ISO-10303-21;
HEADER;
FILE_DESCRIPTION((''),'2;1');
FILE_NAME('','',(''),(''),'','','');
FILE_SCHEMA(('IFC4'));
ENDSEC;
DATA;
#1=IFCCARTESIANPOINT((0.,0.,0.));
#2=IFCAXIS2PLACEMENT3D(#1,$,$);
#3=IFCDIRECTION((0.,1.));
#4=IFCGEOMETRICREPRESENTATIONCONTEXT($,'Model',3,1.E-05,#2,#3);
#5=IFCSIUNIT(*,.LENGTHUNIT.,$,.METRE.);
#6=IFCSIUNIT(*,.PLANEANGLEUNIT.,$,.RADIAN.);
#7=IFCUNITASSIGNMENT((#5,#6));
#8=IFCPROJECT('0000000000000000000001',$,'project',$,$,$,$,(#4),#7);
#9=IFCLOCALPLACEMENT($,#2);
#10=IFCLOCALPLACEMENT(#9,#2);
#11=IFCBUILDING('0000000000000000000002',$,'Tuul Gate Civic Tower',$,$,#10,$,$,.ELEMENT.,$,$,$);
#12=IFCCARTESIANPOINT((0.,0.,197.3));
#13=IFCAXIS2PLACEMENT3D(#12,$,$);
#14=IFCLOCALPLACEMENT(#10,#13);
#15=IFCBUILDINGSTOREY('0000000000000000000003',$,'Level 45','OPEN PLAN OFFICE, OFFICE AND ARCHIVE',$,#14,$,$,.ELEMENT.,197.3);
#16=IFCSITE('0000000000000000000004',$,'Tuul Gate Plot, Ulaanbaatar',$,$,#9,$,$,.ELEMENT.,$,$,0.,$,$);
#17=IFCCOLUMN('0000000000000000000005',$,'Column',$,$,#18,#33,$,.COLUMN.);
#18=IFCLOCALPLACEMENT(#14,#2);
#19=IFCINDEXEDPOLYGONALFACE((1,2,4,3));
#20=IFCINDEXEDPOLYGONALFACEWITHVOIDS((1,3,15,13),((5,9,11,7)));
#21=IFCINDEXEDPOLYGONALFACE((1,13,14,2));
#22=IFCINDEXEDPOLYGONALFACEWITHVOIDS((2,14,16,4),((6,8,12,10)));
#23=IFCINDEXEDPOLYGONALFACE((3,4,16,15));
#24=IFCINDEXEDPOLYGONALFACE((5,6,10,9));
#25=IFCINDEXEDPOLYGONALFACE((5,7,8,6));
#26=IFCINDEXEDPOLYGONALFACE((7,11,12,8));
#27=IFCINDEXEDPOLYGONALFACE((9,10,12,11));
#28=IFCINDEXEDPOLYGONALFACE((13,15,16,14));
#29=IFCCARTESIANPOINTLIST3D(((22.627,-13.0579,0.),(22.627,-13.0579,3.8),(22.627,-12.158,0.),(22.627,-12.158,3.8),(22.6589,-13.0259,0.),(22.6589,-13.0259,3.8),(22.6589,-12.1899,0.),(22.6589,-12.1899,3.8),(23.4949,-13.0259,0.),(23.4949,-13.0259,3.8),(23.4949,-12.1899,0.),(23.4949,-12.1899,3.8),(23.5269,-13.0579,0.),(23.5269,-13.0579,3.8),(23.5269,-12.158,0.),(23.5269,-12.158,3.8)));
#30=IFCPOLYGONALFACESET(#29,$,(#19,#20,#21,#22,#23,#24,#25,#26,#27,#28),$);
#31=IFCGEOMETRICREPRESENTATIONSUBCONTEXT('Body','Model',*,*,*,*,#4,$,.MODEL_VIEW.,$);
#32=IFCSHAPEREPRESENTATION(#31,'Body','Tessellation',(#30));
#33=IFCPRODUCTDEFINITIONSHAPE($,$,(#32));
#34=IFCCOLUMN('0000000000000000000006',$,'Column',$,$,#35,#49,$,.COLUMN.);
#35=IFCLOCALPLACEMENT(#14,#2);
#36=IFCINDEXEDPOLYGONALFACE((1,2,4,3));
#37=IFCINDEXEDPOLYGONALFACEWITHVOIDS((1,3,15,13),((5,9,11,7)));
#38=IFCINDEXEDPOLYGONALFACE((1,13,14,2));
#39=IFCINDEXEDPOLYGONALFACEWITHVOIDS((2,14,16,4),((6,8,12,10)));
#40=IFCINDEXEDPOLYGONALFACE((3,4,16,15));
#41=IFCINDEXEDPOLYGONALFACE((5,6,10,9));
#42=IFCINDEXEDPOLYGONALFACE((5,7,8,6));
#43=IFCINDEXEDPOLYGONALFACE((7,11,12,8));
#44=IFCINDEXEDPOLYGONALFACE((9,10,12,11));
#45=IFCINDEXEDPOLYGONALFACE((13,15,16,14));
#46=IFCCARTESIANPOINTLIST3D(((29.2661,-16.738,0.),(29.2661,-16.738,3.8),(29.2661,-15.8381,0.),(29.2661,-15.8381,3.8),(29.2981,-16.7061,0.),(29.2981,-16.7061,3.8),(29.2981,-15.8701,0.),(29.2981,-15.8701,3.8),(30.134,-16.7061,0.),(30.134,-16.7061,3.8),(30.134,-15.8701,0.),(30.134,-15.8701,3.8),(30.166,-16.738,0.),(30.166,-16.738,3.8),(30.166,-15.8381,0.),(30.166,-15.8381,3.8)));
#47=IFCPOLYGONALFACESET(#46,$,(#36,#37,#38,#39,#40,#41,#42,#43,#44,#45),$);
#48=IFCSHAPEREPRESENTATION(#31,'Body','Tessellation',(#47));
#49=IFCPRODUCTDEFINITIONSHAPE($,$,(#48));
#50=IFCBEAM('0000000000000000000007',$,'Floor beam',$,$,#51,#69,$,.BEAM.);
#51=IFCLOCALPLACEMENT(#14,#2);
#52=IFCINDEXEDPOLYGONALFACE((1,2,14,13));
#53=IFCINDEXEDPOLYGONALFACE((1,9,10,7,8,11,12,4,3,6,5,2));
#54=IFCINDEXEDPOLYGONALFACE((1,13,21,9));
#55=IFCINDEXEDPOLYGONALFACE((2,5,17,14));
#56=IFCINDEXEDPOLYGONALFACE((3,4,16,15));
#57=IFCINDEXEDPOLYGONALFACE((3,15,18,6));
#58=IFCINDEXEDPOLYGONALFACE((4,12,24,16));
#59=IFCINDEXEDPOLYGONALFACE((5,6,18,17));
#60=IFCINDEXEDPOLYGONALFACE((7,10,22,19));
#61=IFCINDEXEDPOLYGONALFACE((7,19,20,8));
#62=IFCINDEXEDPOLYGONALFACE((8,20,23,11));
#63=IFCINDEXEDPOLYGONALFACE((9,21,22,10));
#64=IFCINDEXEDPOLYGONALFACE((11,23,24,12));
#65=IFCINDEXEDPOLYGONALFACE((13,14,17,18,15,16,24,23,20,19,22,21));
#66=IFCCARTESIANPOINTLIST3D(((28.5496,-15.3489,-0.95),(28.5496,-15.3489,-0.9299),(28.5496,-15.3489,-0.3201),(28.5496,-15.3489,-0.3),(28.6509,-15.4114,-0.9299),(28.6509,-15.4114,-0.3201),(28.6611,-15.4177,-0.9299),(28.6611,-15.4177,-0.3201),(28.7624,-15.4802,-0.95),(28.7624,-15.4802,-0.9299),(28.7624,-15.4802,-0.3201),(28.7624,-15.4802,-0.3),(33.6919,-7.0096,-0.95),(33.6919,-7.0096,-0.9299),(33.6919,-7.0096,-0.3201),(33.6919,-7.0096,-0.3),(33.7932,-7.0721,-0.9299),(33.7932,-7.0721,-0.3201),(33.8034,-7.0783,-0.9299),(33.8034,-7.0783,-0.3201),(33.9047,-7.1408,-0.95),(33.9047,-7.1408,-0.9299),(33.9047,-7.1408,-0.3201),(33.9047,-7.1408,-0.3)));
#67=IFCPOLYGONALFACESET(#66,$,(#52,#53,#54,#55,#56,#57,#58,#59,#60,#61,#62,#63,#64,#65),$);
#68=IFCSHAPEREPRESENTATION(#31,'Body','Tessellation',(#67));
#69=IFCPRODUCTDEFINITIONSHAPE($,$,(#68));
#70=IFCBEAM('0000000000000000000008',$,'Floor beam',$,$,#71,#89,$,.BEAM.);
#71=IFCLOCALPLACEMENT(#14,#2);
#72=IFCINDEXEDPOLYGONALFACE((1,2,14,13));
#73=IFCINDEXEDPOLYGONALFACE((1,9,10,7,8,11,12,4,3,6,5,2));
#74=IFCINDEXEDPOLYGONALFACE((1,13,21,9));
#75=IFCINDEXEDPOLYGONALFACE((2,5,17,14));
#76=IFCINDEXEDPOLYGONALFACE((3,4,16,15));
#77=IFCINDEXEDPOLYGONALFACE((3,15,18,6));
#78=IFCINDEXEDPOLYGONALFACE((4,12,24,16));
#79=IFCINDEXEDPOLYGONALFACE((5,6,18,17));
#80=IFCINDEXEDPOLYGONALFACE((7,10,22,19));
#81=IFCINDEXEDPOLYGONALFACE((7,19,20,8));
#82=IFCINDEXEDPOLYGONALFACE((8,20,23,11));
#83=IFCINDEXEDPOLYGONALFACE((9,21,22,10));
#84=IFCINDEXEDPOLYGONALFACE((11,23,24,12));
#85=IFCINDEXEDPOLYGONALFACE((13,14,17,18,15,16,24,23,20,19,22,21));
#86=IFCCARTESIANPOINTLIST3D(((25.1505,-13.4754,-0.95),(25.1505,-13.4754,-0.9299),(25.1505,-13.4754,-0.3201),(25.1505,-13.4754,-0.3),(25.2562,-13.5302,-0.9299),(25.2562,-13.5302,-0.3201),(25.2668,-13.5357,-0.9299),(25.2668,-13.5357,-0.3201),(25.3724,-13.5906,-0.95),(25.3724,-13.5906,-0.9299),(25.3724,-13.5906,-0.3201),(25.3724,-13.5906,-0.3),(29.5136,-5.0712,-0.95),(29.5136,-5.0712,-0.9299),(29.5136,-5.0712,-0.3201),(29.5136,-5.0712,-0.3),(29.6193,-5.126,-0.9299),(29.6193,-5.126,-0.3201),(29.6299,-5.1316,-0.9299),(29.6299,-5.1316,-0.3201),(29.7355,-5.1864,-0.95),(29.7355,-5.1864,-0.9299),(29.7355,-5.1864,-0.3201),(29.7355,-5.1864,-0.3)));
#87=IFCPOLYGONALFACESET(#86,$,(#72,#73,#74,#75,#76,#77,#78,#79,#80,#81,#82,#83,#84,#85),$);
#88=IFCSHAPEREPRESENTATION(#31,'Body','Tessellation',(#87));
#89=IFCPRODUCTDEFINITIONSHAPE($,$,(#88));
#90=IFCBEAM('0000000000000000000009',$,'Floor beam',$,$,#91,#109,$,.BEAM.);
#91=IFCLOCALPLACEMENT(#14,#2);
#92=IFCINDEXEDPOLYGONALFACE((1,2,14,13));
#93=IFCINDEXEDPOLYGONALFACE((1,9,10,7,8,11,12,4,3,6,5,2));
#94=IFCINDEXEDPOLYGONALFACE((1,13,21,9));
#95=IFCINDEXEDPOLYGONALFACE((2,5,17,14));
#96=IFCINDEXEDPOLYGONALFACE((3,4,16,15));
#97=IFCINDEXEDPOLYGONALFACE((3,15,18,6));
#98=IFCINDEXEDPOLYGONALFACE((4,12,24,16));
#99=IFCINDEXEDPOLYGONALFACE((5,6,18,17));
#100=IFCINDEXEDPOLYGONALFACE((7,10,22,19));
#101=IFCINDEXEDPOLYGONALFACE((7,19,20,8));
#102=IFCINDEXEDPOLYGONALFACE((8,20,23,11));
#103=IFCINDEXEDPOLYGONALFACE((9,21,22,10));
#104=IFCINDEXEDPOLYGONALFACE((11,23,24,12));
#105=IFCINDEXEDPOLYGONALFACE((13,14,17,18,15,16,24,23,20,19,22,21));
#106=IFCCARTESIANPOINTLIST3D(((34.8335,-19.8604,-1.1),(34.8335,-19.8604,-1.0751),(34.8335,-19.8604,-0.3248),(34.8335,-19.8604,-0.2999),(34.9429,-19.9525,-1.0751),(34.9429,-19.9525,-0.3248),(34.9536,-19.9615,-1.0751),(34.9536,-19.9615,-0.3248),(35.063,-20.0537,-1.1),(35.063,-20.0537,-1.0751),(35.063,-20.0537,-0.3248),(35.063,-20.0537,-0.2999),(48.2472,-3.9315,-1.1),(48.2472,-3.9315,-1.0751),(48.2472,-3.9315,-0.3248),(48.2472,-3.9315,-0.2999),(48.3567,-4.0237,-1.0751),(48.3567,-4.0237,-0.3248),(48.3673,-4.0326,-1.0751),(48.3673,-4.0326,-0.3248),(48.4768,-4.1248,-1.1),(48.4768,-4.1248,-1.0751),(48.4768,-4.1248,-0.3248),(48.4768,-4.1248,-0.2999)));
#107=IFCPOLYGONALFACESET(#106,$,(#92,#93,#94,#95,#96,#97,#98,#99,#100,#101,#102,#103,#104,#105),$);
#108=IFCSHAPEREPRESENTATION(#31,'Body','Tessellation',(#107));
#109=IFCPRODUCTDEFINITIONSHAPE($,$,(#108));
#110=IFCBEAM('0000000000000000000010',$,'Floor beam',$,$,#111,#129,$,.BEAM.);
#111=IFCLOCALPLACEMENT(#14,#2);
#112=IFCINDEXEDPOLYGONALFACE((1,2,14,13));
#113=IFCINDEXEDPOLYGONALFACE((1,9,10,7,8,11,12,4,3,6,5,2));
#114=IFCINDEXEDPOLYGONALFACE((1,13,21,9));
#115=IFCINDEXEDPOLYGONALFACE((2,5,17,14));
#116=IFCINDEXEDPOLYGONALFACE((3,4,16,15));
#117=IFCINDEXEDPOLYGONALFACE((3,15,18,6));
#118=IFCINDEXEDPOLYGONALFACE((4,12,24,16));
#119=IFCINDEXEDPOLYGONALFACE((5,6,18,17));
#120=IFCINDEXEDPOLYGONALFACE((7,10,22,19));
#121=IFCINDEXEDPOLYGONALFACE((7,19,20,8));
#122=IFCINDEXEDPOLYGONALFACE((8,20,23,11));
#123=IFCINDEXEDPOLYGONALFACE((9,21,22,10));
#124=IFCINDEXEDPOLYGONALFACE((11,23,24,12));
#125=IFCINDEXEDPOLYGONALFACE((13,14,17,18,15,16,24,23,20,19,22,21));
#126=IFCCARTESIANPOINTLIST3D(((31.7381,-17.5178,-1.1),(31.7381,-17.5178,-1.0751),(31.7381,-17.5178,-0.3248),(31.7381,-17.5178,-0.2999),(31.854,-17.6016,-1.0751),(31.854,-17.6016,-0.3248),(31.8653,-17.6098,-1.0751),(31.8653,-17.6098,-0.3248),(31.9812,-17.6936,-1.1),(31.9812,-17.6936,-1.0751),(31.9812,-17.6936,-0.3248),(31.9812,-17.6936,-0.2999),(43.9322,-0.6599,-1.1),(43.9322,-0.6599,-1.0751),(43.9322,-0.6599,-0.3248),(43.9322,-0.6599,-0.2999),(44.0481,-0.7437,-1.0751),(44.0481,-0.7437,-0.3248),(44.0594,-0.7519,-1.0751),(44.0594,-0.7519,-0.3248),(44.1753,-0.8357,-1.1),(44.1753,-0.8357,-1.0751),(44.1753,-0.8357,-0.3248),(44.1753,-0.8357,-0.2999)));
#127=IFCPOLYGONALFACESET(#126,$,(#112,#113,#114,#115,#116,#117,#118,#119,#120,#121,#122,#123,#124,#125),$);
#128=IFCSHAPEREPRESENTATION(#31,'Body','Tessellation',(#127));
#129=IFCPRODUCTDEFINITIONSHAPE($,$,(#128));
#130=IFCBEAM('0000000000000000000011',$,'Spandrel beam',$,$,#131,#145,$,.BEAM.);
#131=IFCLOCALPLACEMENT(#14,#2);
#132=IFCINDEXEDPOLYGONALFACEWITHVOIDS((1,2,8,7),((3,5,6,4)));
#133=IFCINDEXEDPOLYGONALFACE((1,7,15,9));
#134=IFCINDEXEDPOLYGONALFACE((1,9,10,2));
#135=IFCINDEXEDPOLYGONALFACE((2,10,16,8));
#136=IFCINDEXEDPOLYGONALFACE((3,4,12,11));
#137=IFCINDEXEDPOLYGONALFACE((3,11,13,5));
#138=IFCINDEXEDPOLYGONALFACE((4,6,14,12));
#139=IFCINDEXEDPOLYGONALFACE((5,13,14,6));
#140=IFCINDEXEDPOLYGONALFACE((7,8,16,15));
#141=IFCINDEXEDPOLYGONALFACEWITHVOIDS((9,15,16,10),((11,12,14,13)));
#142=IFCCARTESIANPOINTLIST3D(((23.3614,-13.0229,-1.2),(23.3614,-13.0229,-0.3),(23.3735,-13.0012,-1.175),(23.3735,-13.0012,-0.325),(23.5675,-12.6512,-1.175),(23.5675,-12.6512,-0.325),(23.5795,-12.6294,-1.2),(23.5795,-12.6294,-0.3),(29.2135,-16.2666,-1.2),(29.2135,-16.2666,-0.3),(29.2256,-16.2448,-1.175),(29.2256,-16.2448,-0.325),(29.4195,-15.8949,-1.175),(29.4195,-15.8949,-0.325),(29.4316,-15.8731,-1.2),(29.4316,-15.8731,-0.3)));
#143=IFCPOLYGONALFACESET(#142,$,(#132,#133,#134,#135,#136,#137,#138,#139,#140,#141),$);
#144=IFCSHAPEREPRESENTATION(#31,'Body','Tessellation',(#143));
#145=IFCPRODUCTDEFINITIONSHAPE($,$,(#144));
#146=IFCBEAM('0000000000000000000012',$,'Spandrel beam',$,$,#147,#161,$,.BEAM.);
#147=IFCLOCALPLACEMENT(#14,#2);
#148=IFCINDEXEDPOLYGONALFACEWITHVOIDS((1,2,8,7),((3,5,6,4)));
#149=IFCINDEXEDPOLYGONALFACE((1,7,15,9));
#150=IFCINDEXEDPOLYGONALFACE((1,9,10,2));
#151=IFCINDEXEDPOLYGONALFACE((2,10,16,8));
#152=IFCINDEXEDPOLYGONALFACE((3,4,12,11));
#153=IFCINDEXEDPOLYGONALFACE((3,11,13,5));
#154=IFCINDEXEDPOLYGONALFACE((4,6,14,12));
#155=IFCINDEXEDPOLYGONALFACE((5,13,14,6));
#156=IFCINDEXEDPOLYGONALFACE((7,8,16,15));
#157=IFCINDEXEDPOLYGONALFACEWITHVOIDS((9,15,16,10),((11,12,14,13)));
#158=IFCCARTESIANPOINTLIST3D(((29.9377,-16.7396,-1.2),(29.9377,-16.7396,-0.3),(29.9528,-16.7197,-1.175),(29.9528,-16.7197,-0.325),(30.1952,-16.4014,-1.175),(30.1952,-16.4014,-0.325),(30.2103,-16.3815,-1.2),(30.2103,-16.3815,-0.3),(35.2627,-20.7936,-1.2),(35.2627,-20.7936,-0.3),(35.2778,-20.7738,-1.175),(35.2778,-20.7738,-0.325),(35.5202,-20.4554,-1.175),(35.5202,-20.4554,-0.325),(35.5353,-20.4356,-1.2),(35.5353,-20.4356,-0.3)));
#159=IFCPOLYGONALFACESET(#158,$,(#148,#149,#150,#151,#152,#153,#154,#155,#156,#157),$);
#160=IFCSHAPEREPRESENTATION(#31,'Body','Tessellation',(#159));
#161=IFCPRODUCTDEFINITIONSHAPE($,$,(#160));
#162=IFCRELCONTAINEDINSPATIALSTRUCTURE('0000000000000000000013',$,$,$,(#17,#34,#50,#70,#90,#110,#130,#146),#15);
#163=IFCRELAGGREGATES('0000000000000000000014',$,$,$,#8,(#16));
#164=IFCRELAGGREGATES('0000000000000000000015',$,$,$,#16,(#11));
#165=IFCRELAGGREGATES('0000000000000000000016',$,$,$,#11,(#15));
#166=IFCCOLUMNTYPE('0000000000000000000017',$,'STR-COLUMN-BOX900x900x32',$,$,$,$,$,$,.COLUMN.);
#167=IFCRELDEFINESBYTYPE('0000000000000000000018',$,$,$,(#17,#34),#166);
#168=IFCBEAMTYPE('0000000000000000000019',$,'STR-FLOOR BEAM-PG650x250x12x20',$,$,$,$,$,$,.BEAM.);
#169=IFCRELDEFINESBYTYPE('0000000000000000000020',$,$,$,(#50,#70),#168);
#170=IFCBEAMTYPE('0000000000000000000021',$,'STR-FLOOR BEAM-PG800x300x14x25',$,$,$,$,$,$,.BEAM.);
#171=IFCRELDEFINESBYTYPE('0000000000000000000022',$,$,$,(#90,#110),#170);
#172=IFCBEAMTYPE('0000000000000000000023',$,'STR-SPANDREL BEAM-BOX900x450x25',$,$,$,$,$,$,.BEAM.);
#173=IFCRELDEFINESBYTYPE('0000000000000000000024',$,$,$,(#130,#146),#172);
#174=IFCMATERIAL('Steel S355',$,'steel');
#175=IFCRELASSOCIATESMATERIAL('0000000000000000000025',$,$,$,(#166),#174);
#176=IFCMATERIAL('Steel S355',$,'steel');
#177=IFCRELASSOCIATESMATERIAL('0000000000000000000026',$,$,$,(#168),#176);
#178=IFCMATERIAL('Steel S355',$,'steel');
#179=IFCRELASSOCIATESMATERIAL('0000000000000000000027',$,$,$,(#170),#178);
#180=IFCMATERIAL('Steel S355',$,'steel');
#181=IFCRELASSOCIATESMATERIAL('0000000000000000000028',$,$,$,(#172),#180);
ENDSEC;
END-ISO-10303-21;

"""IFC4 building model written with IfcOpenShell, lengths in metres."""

from ifc_helpers import new_model, si_unit, direction, frame, origin, origin_2d, place, context, subcontext, project, spatial, hollow_rectangle, i_section, extrude, material, material_profile, profile_set, type_object, element, save


model = new_model("IFC4")

# Units and contexts
model_context = context("Model", 3, precision=1e-05, world=origin(), true_north=direction((0.0, 1.0)))
body_context = subcontext(model_context, "Body", "Model", "MODEL_VIEW")
ifc_project = project(units=[si_unit("LENGTHUNIT", "METRE"), si_unit("PLANEANGLEUNIT", "RADIAN")], contexts=[model_context])

# Site, building, storey
site_placement = place(None, origin())
site = spatial("IfcSite", under=ifc_project, at=site_placement, Name="Tuul Gate Plot, Ulaanbaatar", CompositionType="ELEMENT", RefElevation=0.0)
building_placement = place(site_placement, origin())
building = spatial("IfcBuilding", under=site, at=building_placement, Name="Tuul Gate Civic Tower", CompositionType="ELEMENT")
storey_placement = place(building_placement, frame((0.0, 0.0, 197.3)))
storey = spatial("IfcBuildingStorey", under=building, at=storey_placement, Name="Level 45", Description="OPEN PLAN OFFICE, OFFICE AND ARCHIVE", CompositionType="ELEMENT", Elevation=197.3)

# Columns
ifc_material_1 = material(Name="Steel S355", Category="steel")
ifc_material_profile_1 = material_profile(ifc_material_1, hollow_rectangle(XDim=0.8999, YDim=0.8999, WallThickness=0.032, at=origin_2d()), Name="BOX900x900x32")
ifc_profile_set_1 = profile_set([ifc_material_profile_1], Name="Steel S355")
column_type = type_object("IfcColumnType", Name="STR-COLUMN-BOX900x900x32", PredefinedType="COLUMN", material=ifc_profile_set_1)
for number, where, z_axis, x_axis, name in (
    (1, (23.0769, -12.6079, 0.0), (0.0, 0.0, 1.0), (1.0, 0.0, 0.0), "Column"),
    (2, (29.7161, -16.2881, 0.0), (0.0, 0.0, 1.0), (1.0, 0.0, 0.0), "Column"),
):
    element("IfcColumn", number, at=place(storey_placement, frame(where, z_axis=z_axis, x_axis=x_axis)), inside=storey, type_object=column_type, Name=name, PredefinedType="COLUMN", context=body_context, shape_type="SweptSolid", body=[
        extrude(hollow_rectangle(XDim=0.8999, YDim=0.8999, WallThickness=0.032, at=origin_2d()), origin(), (0.0, 0.0, 1.0), 3.8),
    ])

# Beams
ifc_material_2 = material(Name="Steel S355", Category="steel")
ifc_material_profile_2 = material_profile(ifc_material_2, i_section(OverallWidth=0.25, OverallDepth=0.6499, WebThickness=0.012, FlangeThickness=0.02, at=origin_2d()), Name="PG650x250x12x20")
ifc_profile_set_2 = profile_set([ifc_material_profile_2], Name="Steel S355")
beam_type_1 = type_object("IfcBeamType", Name="STR-FLOOR BEAM-PG650x250x12x20", PredefinedType="BEAM", material=ifc_profile_set_2)
beam_1_placement = place(storey_placement, frame((28.656, -15.4146, -0.625), z_axis=(0.524869, 0.851183, 0.0), x_axis=(-0.851183, 0.524869, 0.0)))
element("IfcBeam", 3, at=beam_1_placement, inside=storey, type_object=beam_type_1, Name="Floor beam", PredefinedType="BEAM", context=body_context, shape_type="SweptSolid", body=[
    extrude(i_section(OverallWidth=0.25, OverallDepth=0.6499, WebThickness=0.012, FlangeThickness=0.02, at=origin_2d()), origin(), (0.0, 0.0, 1.0), 9.7974),
])
beam_2_placement = place(storey_placement, frame((25.2615, -13.533, -0.625), z_axis=(0.460765, 0.887522, 0.0), x_axis=(-0.887522, 0.460765, 0.0)))
element("IfcBeam", 4, at=beam_2_placement, inside=storey, type_object=beam_type_1, Name="Floor beam", PredefinedType="BEAM", context=body_context, shape_type="SweptSolid", body=[
    extrude(i_section(OverallWidth=0.25, OverallDepth=0.6499, WebThickness=0.012, FlangeThickness=0.02, at=origin_2d()), origin(), (0.0, 0.0, 1.0), 9.4692),
])
ifc_material_3 = material(Name="Steel S355", Category="steel")
ifc_material_profile_3 = material_profile(ifc_material_3, i_section(OverallWidth=0.3, OverallDepth=0.8, WebThickness=0.0139, FlangeThickness=0.0249, at=origin_2d()), Name="PG800x300x14x25")
ifc_profile_set_3 = profile_set([ifc_material_profile_3], Name="Steel S355")
beam_type_2 = type_object("IfcBeamType", Name="STR-FLOOR BEAM-PG800x300x14x25", PredefinedType="BEAM", material=ifc_profile_set_3)
beam_3_placement = place(storey_placement, frame((34.9482, -19.957, -0.7), z_axis=(0.644135, 0.764912, 0.0), x_axis=(-0.764912, 0.644135, 0.0)))
element("IfcBeam", 5, at=beam_3_placement, inside=storey, type_object=beam_type_2, Name="Floor beam", PredefinedType="BEAM", context=body_context, shape_type="SweptSolid", body=[
    extrude(i_section(OverallWidth=0.3, OverallDepth=0.8, WebThickness=0.0139, FlangeThickness=0.0249, at=origin_2d()), origin(), (0.0, 0.0, 1.0), 20.8245),
])
beam_4_placement = place(storey_placement, frame((31.8596, -17.6057, -0.7), z_axis=(0.586088, 0.810247, 0.0), x_axis=(-0.810247, 0.586088, 0.0)))
element("IfcBeam", 6, at=beam_4_placement, inside=storey, type_object=beam_type_2, Name="Floor beam", PredefinedType="BEAM", context=body_context, shape_type="SweptSolid", body=[
    extrude(i_section(OverallWidth=0.3, OverallDepth=0.8, WebThickness=0.0139, FlangeThickness=0.0249, at=origin_2d()), origin(), (0.0, 0.0, 1.0), 20.8059),
])
ifc_material_4 = material(Name="Steel S355", Category="steel")
ifc_material_profile_4 = material_profile(ifc_material_4, hollow_rectangle(XDim=0.45, YDim=0.8999, WallThickness=0.0249, at=origin_2d()), Name="BOX900x450x25")
ifc_profile_set_4 = profile_set([ifc_material_profile_4], Name="Steel S355")
beam_type_3 = type_object("IfcBeamType", Name="STR-SPANDREL BEAM-BOX900x450x25", PredefinedType="BEAM", material=ifc_profile_set_4)
beam_5_placement = place(storey_placement, frame((23.4705, -12.8262, -0.75), z_axis=(0.874632, -0.484788, 0.0), x_axis=(0.484788, 0.874632, 0.0)))
element("IfcBeam", 7, at=beam_5_placement, inside=storey, type_object=beam_type_3, Name="Spandrel beam", PredefinedType="BEAM", context=body_context, shape_type="SweptSolid", body=[
    extrude(hollow_rectangle(XDim=0.45, YDim=0.8999, WallThickness=0.0249, at=origin_2d()), origin(), (0.0, 0.0, 1.0), 6.6909),
])
beam_6_placement = place(storey_placement, frame((30.074, -16.5605, -0.75), z_axis=(0.795659, -0.605745, 0.0), x_axis=(0.605745, 0.795659, 0.0)))
element("IfcBeam", 8, at=beam_6_placement, inside=storey, type_object=beam_type_3, Name="Spandrel beam", PredefinedType="BEAM", context=body_context, shape_type="SweptSolid", body=[
    extrude(hollow_rectangle(XDim=0.45, YDim=0.8999, WallThickness=0.0249, at=origin_2d()), origin(), (0.0, 0.0, 1.0), 6.6926),
])

save(model, "model.ifc")
